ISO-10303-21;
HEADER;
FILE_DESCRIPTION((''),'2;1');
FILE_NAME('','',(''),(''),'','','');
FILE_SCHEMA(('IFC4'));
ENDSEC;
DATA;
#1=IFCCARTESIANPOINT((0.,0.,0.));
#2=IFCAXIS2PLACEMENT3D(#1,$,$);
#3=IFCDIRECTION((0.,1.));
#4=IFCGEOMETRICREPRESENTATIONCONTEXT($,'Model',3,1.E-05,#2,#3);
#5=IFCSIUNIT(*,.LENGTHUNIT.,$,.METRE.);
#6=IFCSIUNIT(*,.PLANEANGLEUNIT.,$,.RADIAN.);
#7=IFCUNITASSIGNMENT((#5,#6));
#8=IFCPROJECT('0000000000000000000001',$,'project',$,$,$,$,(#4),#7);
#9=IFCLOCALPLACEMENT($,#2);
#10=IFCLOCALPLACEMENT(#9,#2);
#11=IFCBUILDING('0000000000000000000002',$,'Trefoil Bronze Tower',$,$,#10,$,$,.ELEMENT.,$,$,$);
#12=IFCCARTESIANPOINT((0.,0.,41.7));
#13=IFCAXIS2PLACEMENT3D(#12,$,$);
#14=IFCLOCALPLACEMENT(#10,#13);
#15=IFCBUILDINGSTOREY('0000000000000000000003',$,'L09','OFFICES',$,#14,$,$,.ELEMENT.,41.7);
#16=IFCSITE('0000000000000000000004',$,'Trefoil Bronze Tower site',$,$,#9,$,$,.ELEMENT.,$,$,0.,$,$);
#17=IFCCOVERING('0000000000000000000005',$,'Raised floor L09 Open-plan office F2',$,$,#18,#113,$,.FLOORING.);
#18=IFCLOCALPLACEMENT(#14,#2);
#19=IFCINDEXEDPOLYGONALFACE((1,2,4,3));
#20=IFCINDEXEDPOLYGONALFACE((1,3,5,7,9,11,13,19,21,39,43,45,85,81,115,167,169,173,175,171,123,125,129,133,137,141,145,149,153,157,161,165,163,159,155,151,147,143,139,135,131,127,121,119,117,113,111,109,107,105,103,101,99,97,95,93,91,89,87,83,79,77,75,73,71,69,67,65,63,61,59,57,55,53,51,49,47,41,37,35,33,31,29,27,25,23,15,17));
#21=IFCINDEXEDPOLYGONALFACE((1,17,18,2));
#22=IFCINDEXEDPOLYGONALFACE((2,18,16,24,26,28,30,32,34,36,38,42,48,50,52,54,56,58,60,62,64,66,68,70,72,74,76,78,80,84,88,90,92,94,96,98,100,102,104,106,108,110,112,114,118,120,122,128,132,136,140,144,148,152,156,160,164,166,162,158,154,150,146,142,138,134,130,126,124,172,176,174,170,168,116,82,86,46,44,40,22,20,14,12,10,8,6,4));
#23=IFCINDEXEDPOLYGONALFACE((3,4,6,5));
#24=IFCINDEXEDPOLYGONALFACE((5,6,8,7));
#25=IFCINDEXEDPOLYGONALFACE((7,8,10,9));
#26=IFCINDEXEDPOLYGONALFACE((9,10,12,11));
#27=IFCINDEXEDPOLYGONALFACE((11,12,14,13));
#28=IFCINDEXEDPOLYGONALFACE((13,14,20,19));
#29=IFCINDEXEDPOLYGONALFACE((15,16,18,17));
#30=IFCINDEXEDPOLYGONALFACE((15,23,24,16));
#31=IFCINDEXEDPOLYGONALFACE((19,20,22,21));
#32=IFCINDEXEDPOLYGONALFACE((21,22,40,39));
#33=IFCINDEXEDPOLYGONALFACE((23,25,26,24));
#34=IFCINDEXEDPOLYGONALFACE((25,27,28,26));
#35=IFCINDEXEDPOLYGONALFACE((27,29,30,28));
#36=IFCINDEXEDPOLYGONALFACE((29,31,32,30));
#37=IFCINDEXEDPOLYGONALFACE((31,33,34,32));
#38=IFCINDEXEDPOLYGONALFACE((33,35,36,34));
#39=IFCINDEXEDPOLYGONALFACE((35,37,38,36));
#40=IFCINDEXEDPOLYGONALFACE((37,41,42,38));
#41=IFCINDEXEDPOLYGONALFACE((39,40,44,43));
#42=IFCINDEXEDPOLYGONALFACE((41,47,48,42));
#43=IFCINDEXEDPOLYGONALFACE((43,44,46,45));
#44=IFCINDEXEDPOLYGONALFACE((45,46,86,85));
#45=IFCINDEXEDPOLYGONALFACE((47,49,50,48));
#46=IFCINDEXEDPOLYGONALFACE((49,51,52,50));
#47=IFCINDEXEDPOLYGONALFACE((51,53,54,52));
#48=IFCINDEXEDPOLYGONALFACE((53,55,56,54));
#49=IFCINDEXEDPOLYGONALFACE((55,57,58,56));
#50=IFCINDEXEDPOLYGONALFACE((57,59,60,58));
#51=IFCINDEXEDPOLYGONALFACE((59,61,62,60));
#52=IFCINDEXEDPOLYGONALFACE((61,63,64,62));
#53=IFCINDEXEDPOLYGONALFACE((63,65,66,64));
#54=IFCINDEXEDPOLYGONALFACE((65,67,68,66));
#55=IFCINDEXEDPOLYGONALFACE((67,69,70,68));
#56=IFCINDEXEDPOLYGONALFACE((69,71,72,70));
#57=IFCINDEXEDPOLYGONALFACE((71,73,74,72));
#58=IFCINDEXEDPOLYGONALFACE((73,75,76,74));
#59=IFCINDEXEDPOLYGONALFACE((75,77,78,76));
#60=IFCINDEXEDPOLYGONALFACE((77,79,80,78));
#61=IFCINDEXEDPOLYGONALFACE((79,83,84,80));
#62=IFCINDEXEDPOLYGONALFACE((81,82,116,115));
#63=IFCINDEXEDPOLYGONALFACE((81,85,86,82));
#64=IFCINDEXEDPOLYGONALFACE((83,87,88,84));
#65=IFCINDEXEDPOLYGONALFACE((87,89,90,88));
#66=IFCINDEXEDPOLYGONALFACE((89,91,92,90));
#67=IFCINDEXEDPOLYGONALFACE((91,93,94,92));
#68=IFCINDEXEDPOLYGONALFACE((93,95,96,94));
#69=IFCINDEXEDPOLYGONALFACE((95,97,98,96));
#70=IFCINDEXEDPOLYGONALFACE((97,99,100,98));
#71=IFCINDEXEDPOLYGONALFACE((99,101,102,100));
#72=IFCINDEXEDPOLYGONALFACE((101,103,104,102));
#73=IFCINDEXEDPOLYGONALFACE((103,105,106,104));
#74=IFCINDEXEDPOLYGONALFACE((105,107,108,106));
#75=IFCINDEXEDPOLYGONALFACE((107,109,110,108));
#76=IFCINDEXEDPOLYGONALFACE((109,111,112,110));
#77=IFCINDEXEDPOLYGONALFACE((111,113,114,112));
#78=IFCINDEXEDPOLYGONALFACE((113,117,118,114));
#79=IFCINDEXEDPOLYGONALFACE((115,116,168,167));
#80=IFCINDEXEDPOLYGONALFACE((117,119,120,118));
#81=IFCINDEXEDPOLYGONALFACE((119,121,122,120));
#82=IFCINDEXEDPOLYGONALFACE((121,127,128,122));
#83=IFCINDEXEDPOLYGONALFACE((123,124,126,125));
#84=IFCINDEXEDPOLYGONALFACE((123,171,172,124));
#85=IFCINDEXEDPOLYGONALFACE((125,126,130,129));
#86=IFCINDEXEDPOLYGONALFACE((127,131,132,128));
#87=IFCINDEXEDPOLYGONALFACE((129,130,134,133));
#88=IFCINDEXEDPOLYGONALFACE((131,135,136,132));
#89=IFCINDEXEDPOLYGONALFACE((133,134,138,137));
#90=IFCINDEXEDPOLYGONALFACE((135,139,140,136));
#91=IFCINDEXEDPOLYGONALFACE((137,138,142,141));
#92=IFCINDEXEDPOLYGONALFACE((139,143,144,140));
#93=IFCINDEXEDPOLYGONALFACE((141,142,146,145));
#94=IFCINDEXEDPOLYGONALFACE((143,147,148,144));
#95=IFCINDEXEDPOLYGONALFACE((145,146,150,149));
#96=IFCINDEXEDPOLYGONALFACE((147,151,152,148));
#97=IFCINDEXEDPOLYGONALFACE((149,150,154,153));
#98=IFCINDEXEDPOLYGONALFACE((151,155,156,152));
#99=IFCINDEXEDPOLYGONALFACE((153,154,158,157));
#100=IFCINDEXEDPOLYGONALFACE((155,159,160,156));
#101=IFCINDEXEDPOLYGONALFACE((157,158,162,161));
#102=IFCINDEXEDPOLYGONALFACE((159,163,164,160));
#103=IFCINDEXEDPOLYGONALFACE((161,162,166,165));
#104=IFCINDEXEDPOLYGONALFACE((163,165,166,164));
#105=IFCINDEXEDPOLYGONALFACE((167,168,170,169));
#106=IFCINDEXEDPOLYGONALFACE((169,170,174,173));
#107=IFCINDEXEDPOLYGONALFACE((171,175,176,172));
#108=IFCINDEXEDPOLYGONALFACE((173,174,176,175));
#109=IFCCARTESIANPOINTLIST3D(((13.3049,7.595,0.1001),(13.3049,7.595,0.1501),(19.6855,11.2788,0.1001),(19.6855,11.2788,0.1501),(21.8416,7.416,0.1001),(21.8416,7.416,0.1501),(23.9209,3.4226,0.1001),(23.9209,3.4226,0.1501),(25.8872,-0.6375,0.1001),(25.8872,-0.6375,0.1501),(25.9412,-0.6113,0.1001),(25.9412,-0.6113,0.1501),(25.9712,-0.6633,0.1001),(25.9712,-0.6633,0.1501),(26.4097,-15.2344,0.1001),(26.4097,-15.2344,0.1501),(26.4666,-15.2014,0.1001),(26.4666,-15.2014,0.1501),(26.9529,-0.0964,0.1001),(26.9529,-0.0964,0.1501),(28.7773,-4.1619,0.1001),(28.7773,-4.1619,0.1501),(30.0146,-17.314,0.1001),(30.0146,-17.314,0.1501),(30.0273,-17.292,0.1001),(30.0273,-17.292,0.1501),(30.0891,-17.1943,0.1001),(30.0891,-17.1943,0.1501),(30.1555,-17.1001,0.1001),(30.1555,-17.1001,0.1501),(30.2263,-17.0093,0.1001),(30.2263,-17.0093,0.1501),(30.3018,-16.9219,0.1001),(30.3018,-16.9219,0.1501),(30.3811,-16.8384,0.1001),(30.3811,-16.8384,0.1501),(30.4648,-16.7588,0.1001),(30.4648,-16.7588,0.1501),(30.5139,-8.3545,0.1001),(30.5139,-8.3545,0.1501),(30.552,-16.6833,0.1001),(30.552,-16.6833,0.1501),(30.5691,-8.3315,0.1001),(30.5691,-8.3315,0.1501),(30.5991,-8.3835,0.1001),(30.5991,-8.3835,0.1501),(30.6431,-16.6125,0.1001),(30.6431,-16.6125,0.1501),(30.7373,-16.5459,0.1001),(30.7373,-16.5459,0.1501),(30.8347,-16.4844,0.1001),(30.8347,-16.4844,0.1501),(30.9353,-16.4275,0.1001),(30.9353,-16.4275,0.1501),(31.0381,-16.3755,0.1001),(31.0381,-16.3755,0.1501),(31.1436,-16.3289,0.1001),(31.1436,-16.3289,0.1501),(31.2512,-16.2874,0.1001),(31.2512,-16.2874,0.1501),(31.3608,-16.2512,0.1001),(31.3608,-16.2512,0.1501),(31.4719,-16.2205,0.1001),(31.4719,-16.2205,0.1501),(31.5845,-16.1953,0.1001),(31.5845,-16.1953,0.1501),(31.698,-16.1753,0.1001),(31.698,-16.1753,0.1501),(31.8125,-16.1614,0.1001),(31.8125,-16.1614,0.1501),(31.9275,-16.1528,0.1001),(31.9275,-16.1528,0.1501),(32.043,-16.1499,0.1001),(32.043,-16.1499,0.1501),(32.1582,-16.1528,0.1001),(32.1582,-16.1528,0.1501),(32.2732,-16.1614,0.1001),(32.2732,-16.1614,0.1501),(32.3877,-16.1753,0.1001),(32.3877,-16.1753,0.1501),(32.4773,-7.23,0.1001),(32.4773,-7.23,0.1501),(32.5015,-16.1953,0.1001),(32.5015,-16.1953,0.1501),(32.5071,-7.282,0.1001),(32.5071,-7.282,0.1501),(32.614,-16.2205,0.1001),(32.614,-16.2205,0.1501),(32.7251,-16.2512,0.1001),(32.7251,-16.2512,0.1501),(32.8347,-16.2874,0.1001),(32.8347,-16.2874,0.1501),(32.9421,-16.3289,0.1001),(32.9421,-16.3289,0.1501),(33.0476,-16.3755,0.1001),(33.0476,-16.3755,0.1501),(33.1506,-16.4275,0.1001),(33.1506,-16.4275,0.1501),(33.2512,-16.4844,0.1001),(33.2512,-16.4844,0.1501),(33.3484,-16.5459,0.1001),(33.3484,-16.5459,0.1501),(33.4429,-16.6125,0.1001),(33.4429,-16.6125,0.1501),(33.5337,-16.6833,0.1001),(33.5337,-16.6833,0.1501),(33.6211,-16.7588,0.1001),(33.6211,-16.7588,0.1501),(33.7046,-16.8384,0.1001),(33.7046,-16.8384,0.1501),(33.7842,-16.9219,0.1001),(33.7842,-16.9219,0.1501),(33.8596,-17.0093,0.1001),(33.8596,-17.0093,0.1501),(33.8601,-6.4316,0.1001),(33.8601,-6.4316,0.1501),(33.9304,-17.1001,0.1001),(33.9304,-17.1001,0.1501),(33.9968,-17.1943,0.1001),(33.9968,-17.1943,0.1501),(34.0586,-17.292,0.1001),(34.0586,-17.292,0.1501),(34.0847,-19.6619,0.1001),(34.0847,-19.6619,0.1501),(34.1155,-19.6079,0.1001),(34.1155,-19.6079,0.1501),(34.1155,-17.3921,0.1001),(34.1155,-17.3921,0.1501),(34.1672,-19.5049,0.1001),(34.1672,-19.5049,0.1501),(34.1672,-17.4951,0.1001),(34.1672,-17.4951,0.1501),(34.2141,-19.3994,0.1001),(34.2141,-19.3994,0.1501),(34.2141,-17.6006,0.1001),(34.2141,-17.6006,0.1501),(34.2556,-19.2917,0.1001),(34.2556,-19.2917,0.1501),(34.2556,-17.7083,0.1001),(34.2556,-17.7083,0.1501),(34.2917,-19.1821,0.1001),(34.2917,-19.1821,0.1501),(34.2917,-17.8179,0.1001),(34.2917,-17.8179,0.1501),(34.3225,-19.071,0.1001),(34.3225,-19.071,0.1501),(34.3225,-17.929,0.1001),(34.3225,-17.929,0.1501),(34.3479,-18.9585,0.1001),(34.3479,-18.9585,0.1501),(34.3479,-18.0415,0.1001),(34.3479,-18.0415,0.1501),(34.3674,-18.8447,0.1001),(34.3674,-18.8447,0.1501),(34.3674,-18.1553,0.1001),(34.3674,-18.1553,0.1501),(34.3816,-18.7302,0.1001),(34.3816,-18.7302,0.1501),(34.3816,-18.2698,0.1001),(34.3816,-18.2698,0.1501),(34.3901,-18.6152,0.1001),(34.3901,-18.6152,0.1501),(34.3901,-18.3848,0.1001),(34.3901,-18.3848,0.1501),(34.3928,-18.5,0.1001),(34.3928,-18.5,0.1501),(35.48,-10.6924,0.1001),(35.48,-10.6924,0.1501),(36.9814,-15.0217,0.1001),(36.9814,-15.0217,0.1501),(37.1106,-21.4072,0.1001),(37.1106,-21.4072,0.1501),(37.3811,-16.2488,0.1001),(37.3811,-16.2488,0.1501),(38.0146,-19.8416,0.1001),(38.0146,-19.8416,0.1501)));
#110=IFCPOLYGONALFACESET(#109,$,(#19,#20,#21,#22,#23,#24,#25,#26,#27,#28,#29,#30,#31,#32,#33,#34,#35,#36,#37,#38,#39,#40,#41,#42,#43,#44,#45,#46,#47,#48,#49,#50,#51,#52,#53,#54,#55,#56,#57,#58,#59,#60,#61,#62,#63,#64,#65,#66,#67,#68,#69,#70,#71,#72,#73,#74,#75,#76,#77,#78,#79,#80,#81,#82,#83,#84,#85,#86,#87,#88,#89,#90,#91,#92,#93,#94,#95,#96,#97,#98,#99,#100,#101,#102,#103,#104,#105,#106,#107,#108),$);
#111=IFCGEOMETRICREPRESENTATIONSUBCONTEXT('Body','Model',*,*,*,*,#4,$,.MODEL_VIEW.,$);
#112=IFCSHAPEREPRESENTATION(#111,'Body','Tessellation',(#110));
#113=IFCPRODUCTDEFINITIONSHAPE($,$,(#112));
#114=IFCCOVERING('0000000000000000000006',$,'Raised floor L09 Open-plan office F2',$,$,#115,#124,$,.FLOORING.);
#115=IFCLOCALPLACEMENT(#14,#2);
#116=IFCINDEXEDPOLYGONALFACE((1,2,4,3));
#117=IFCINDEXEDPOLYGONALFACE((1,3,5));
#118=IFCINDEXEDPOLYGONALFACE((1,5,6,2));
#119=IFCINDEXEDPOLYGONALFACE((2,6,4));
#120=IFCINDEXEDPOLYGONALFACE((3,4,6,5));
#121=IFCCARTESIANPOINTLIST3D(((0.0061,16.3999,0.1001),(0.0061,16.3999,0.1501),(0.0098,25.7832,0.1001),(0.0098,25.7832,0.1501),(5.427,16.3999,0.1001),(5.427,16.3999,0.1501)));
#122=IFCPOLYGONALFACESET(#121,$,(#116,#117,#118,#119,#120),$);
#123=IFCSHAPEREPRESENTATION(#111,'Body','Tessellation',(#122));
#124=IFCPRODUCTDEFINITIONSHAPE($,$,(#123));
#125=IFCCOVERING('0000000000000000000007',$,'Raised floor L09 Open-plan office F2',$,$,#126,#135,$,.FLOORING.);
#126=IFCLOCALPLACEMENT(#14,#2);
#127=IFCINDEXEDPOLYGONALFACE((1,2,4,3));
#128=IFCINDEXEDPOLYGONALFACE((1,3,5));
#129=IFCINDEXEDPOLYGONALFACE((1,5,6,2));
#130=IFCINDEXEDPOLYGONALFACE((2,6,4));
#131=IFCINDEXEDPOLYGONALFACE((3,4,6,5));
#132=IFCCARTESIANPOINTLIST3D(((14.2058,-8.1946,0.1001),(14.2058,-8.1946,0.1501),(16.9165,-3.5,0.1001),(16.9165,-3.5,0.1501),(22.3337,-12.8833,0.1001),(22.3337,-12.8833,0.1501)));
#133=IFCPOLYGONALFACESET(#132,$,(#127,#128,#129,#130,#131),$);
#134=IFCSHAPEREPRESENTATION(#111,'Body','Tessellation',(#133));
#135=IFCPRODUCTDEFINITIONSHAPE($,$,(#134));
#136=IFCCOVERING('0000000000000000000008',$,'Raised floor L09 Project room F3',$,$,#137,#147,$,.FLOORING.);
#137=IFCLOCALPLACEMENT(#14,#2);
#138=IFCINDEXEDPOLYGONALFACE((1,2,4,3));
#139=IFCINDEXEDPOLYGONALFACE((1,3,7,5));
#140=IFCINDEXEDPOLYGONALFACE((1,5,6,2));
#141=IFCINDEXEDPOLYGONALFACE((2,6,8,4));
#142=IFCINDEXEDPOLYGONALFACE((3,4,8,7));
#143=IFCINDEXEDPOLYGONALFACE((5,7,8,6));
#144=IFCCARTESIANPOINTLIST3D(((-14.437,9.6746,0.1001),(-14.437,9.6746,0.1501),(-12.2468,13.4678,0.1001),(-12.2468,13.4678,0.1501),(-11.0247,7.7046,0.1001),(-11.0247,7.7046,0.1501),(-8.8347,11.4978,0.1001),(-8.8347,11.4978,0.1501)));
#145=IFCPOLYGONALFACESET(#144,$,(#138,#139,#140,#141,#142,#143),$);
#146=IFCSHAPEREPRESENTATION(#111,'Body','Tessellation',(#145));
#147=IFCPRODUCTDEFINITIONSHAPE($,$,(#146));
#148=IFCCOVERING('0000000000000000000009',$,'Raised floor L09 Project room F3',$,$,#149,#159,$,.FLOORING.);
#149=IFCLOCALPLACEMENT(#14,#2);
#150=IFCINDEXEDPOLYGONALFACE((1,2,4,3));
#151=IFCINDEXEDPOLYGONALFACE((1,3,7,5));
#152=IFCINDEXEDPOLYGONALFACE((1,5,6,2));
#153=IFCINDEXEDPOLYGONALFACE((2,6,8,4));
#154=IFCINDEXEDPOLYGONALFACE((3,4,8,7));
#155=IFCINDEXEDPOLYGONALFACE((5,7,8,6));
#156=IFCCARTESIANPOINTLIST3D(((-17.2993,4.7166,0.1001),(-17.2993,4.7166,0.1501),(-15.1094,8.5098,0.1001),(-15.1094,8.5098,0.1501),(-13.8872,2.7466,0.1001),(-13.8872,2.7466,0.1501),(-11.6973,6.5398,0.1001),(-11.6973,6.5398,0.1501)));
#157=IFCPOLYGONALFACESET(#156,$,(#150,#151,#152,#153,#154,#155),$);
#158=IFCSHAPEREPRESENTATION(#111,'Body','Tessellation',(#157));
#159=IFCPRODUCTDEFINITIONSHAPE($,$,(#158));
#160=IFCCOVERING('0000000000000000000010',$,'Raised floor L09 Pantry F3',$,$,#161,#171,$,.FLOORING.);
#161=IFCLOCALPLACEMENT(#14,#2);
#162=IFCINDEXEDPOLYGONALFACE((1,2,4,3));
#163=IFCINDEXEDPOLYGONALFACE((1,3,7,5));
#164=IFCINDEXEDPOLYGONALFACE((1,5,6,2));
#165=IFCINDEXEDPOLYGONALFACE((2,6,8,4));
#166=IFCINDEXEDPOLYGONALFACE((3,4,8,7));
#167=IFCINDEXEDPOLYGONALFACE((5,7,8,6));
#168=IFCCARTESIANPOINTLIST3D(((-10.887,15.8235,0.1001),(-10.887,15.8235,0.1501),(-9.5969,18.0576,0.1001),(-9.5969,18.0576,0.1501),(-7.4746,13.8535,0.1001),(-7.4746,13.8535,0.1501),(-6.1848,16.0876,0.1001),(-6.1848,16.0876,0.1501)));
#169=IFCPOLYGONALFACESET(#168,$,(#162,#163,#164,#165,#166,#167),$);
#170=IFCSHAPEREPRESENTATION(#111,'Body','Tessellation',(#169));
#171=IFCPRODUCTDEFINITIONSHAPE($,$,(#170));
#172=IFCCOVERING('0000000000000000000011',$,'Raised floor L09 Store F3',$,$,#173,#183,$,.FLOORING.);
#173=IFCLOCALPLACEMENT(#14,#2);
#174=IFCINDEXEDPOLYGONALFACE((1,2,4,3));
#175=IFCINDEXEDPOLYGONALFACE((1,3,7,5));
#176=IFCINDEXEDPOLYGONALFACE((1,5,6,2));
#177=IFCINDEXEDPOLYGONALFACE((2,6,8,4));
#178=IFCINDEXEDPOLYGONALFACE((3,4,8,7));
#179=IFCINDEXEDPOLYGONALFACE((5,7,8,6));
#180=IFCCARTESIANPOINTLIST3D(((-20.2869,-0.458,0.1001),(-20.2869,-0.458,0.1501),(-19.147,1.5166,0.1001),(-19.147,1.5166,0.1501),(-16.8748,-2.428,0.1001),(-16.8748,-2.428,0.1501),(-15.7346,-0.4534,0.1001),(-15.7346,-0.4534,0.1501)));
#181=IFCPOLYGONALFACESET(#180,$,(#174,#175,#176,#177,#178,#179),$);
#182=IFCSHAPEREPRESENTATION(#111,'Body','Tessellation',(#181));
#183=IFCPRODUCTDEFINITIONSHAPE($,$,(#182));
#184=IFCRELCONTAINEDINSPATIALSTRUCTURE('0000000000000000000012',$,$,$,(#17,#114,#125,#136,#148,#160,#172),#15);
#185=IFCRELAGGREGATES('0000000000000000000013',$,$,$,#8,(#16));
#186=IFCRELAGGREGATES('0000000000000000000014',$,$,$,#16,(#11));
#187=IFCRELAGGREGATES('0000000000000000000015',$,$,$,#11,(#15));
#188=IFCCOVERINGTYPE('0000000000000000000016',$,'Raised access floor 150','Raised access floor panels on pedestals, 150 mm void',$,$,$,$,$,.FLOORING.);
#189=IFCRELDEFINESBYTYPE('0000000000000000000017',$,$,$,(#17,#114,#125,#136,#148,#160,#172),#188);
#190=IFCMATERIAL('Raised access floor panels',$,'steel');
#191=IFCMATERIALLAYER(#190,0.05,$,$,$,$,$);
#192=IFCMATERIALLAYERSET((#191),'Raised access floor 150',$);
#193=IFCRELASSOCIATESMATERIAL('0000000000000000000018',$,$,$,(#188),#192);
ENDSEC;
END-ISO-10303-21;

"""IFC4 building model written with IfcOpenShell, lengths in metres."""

from ifc_helpers import new_model, si_unit, direction, frame, origin, place, context, subcontext, project, spatial, polyline, outline, extrude, material, layer, layer_set, type_object, element, save


model = new_model("IFC4")

# Units and contexts
model_context = context("Model", 3, precision=1e-05, world=origin(), true_north=direction((0.0, 1.0)))
body_context = subcontext(model_context, "Body", "Model", "MODEL_VIEW")
ifc_project = project(units=[si_unit("LENGTHUNIT", "METRE"), si_unit("PLANEANGLEUNIT", "RADIAN")], contexts=[model_context])

# Site, building, storey
site_placement = place(None, origin())
site = spatial("IfcSite", under=ifc_project, at=site_placement, Name="Trefoil Bronze Tower site", CompositionType="ELEMENT", RefElevation=0.0)
building_placement = place(site_placement, origin())
building = spatial("IfcBuilding", under=site, at=building_placement, Name="Trefoil Bronze Tower", CompositionType="ELEMENT")
storey_placement = place(building_placement, frame((0.0, 0.0, 41.7)))
storey = spatial("IfcBuildingStorey", under=building, at=storey_placement, Name="L09", Description="OFFICES", CompositionType="ELEMENT", Elevation=41.7)

# Coverings
ifc_material_1 = material(Name="Raised access floor panels", Category="steel")
ifc_layer_1 = layer(ifc_material_1, 0.05)
ifc_layer_set_1 = layer_set([ifc_layer_1], Name="Raised access floor 150")
covering_type_1 = type_object("IfcCoveringType", Name="Raised access floor 150", Description="Raised access floor panels on pedestals, 150 mm void", PredefinedType="FLOORING", material=ifc_layer_set_1)
covering_1_placement = place(storey_placement, frame((0.0, 0.0, 0.1001)))
element("IfcCovering", 1, at=covering_1_placement, inside=storey, type_object=covering_type_1, Name="Raised floor L09 Open-plan office F2", PredefinedType="FLOORING", context=body_context, shape_type="SweptSolid", body=[
    extrude(outline(polyline([(30.0891, -17.1943), (30.0273, -17.292), (30.0146, -17.314), (26.4097, -15.2344), (26.4666, -15.2014), (13.3049, 7.595), (19.6855, 11.2788), (21.8416, 7.416), (23.9209, 3.4226), (25.8872, -0.6375), (25.9412, -0.6113), (25.9712, -0.6633), (26.9529, -0.0964), (28.7773, -4.1619), (30.5139, -8.3545), (30.5691, -8.3315), (30.5991, -8.3835), (32.5071, -7.282), (32.4773, -7.23), (33.8601, -6.4316), (35.48, -10.6924), (36.9814, -15.0217), (37.3811, -16.2488), (38.0146, -19.8416), (37.1106, -21.4072), (34.0847, -19.6619), (34.1155, -19.6079), (34.1672, -19.5049), (34.2141, -19.3994), (34.2556, -19.2917), (34.2917, -19.1821), (34.3225, -19.071), (34.3479, -18.9585), (34.3674, -18.8447), (34.3816, -18.7302), (34.3901, -18.6152), (34.3928, -18.5), (34.3901, -18.3848), (34.3816, -18.2698), (34.3674, -18.1553), (34.3479, -18.0415), (34.3225, -17.929), (34.2917, -17.8179), (34.2556, -17.7083), (34.2141, -17.6006), (34.1672, -17.4951), (34.1155, -17.3921), (34.0586, -17.292), (33.9968, -17.1943), (33.9304, -17.1001), (33.8596, -17.0093), (33.7842, -16.9219), (33.7046, -16.8384), (33.6211, -16.7588), (33.5337, -16.6833), (33.4429, -16.6125), (33.3484, -16.5459), (33.2512, -16.4844), (33.1506, -16.4275), (33.0476, -16.3755), (32.9421, -16.3289), (32.8347, -16.2874), (32.7251, -16.2512), (32.614, -16.2205), (32.5015, -16.1953), (32.3877, -16.1753), (32.2732, -16.1614), (32.1582, -16.1528), (32.043, -16.1499), (31.9275, -16.1528), (31.8125, -16.1614), (31.698, -16.1753), (31.5845, -16.1953), (31.4719, -16.2205), (31.3608, -16.2512), (31.2512, -16.2874), (31.1436, -16.3289), (31.0381, -16.3755), (30.9353, -16.4275), (30.8347, -16.4844), (30.7373, -16.5459), (30.6431, -16.6125), (30.552, -16.6833), (30.4648, -16.7588), (30.3811, -16.8384), (30.3018, -16.9219), (30.2263, -17.0093), (30.1555, -17.1001), (30.0891, -17.1943)])), origin(), (0.0, 0.0, 1.0), 0.05),
])
covering_2_placement = place(storey_placement, frame((0.0, 0.0, 0.1001)))
element("IfcCovering", 2, at=covering_2_placement, inside=storey, type_object=covering_type_1, Name="Raised floor L09 Open-plan office F2", PredefinedType="FLOORING", context=body_context, shape_type="SweptSolid", body=[
    extrude(outline(polyline([(0.0061, 16.3999), (0.0098, 25.7832), (5.427, 16.3999), (0.0061, 16.3999)])), origin(), (0.0, 0.0, 1.0), 0.05),
])
covering_3_placement = place(storey_placement, frame((0.0, 0.0, 0.1001)))
element("IfcCovering", 3, at=covering_3_placement, inside=storey, type_object=covering_type_1, Name="Raised floor L09 Open-plan office F2", PredefinedType="FLOORING", context=body_context, shape_type="SweptSolid", body=[
    extrude(outline(polyline([(22.3337, -12.8833), (14.2058, -8.1946), (16.9165, -3.5), (22.3337, -12.8833)])), origin(), (0.0, 0.0, 1.0), 0.05),
])
covering_4_placement = place(storey_placement, frame((0.0, 0.0, 0.1001)))
element("IfcCovering", 4, at=covering_4_placement, inside=storey, type_object=covering_type_1, Name="Raised floor L09 Project room F3", PredefinedType="FLOORING", context=body_context, shape_type="SweptSolid", body=[
    extrude(outline(polyline([(-11.0247, 7.7046), (-14.437, 9.6746), (-12.2468, 13.4678), (-8.8347, 11.4978), (-11.0247, 7.7046)])), origin(), (0.0, 0.0, 1.0), 0.05),
])
covering_5_placement = place(storey_placement, frame((0.0, 0.0, 0.1001)))
element("IfcCovering", 5, at=covering_5_placement, inside=storey, type_object=covering_type_1, Name="Raised floor L09 Project room F3", PredefinedType="FLOORING", context=body_context, shape_type="SweptSolid", body=[
    extrude(outline(polyline([(-13.8872, 2.7466), (-17.2993, 4.7166), (-15.1094, 8.5098), (-11.6973, 6.5398), (-13.8872, 2.7466)])), origin(), (0.0, 0.0, 1.0), 0.05),
])
covering_6_placement = place(storey_placement, frame((0.0, 0.0, 0.1001)))
element("IfcCovering", 6, at=covering_6_placement, inside=storey, type_object=covering_type_1, Name="Raised floor L09 Pantry F3", PredefinedType="FLOORING", context=body_context, shape_type="SweptSolid", body=[
    extrude(outline(polyline([(-7.4746, 13.8535), (-10.887, 15.8235), (-9.5969, 18.0576), (-6.1848, 16.0876), (-7.4746, 13.8535)])), origin(), (0.0, 0.0, 1.0), 0.05),
])
covering_7_placement = place(storey_placement, frame((0.0, 0.0, 0.1001)))
element("IfcCovering", 7, at=covering_7_placement, inside=storey, type_object=covering_type_1, Name="Raised floor L09 Store F3", PredefinedType="FLOORING", context=body_context, shape_type="SweptSolid", body=[
    extrude(outline(polyline([(-16.8748, -2.428), (-20.2869, -0.458), (-19.147, 1.5166), (-15.7346, -0.4534), (-16.8748, -2.428)])), origin(), (0.0, 0.0, 1.0), 0.05),
])

save(model, "model.ifc")
